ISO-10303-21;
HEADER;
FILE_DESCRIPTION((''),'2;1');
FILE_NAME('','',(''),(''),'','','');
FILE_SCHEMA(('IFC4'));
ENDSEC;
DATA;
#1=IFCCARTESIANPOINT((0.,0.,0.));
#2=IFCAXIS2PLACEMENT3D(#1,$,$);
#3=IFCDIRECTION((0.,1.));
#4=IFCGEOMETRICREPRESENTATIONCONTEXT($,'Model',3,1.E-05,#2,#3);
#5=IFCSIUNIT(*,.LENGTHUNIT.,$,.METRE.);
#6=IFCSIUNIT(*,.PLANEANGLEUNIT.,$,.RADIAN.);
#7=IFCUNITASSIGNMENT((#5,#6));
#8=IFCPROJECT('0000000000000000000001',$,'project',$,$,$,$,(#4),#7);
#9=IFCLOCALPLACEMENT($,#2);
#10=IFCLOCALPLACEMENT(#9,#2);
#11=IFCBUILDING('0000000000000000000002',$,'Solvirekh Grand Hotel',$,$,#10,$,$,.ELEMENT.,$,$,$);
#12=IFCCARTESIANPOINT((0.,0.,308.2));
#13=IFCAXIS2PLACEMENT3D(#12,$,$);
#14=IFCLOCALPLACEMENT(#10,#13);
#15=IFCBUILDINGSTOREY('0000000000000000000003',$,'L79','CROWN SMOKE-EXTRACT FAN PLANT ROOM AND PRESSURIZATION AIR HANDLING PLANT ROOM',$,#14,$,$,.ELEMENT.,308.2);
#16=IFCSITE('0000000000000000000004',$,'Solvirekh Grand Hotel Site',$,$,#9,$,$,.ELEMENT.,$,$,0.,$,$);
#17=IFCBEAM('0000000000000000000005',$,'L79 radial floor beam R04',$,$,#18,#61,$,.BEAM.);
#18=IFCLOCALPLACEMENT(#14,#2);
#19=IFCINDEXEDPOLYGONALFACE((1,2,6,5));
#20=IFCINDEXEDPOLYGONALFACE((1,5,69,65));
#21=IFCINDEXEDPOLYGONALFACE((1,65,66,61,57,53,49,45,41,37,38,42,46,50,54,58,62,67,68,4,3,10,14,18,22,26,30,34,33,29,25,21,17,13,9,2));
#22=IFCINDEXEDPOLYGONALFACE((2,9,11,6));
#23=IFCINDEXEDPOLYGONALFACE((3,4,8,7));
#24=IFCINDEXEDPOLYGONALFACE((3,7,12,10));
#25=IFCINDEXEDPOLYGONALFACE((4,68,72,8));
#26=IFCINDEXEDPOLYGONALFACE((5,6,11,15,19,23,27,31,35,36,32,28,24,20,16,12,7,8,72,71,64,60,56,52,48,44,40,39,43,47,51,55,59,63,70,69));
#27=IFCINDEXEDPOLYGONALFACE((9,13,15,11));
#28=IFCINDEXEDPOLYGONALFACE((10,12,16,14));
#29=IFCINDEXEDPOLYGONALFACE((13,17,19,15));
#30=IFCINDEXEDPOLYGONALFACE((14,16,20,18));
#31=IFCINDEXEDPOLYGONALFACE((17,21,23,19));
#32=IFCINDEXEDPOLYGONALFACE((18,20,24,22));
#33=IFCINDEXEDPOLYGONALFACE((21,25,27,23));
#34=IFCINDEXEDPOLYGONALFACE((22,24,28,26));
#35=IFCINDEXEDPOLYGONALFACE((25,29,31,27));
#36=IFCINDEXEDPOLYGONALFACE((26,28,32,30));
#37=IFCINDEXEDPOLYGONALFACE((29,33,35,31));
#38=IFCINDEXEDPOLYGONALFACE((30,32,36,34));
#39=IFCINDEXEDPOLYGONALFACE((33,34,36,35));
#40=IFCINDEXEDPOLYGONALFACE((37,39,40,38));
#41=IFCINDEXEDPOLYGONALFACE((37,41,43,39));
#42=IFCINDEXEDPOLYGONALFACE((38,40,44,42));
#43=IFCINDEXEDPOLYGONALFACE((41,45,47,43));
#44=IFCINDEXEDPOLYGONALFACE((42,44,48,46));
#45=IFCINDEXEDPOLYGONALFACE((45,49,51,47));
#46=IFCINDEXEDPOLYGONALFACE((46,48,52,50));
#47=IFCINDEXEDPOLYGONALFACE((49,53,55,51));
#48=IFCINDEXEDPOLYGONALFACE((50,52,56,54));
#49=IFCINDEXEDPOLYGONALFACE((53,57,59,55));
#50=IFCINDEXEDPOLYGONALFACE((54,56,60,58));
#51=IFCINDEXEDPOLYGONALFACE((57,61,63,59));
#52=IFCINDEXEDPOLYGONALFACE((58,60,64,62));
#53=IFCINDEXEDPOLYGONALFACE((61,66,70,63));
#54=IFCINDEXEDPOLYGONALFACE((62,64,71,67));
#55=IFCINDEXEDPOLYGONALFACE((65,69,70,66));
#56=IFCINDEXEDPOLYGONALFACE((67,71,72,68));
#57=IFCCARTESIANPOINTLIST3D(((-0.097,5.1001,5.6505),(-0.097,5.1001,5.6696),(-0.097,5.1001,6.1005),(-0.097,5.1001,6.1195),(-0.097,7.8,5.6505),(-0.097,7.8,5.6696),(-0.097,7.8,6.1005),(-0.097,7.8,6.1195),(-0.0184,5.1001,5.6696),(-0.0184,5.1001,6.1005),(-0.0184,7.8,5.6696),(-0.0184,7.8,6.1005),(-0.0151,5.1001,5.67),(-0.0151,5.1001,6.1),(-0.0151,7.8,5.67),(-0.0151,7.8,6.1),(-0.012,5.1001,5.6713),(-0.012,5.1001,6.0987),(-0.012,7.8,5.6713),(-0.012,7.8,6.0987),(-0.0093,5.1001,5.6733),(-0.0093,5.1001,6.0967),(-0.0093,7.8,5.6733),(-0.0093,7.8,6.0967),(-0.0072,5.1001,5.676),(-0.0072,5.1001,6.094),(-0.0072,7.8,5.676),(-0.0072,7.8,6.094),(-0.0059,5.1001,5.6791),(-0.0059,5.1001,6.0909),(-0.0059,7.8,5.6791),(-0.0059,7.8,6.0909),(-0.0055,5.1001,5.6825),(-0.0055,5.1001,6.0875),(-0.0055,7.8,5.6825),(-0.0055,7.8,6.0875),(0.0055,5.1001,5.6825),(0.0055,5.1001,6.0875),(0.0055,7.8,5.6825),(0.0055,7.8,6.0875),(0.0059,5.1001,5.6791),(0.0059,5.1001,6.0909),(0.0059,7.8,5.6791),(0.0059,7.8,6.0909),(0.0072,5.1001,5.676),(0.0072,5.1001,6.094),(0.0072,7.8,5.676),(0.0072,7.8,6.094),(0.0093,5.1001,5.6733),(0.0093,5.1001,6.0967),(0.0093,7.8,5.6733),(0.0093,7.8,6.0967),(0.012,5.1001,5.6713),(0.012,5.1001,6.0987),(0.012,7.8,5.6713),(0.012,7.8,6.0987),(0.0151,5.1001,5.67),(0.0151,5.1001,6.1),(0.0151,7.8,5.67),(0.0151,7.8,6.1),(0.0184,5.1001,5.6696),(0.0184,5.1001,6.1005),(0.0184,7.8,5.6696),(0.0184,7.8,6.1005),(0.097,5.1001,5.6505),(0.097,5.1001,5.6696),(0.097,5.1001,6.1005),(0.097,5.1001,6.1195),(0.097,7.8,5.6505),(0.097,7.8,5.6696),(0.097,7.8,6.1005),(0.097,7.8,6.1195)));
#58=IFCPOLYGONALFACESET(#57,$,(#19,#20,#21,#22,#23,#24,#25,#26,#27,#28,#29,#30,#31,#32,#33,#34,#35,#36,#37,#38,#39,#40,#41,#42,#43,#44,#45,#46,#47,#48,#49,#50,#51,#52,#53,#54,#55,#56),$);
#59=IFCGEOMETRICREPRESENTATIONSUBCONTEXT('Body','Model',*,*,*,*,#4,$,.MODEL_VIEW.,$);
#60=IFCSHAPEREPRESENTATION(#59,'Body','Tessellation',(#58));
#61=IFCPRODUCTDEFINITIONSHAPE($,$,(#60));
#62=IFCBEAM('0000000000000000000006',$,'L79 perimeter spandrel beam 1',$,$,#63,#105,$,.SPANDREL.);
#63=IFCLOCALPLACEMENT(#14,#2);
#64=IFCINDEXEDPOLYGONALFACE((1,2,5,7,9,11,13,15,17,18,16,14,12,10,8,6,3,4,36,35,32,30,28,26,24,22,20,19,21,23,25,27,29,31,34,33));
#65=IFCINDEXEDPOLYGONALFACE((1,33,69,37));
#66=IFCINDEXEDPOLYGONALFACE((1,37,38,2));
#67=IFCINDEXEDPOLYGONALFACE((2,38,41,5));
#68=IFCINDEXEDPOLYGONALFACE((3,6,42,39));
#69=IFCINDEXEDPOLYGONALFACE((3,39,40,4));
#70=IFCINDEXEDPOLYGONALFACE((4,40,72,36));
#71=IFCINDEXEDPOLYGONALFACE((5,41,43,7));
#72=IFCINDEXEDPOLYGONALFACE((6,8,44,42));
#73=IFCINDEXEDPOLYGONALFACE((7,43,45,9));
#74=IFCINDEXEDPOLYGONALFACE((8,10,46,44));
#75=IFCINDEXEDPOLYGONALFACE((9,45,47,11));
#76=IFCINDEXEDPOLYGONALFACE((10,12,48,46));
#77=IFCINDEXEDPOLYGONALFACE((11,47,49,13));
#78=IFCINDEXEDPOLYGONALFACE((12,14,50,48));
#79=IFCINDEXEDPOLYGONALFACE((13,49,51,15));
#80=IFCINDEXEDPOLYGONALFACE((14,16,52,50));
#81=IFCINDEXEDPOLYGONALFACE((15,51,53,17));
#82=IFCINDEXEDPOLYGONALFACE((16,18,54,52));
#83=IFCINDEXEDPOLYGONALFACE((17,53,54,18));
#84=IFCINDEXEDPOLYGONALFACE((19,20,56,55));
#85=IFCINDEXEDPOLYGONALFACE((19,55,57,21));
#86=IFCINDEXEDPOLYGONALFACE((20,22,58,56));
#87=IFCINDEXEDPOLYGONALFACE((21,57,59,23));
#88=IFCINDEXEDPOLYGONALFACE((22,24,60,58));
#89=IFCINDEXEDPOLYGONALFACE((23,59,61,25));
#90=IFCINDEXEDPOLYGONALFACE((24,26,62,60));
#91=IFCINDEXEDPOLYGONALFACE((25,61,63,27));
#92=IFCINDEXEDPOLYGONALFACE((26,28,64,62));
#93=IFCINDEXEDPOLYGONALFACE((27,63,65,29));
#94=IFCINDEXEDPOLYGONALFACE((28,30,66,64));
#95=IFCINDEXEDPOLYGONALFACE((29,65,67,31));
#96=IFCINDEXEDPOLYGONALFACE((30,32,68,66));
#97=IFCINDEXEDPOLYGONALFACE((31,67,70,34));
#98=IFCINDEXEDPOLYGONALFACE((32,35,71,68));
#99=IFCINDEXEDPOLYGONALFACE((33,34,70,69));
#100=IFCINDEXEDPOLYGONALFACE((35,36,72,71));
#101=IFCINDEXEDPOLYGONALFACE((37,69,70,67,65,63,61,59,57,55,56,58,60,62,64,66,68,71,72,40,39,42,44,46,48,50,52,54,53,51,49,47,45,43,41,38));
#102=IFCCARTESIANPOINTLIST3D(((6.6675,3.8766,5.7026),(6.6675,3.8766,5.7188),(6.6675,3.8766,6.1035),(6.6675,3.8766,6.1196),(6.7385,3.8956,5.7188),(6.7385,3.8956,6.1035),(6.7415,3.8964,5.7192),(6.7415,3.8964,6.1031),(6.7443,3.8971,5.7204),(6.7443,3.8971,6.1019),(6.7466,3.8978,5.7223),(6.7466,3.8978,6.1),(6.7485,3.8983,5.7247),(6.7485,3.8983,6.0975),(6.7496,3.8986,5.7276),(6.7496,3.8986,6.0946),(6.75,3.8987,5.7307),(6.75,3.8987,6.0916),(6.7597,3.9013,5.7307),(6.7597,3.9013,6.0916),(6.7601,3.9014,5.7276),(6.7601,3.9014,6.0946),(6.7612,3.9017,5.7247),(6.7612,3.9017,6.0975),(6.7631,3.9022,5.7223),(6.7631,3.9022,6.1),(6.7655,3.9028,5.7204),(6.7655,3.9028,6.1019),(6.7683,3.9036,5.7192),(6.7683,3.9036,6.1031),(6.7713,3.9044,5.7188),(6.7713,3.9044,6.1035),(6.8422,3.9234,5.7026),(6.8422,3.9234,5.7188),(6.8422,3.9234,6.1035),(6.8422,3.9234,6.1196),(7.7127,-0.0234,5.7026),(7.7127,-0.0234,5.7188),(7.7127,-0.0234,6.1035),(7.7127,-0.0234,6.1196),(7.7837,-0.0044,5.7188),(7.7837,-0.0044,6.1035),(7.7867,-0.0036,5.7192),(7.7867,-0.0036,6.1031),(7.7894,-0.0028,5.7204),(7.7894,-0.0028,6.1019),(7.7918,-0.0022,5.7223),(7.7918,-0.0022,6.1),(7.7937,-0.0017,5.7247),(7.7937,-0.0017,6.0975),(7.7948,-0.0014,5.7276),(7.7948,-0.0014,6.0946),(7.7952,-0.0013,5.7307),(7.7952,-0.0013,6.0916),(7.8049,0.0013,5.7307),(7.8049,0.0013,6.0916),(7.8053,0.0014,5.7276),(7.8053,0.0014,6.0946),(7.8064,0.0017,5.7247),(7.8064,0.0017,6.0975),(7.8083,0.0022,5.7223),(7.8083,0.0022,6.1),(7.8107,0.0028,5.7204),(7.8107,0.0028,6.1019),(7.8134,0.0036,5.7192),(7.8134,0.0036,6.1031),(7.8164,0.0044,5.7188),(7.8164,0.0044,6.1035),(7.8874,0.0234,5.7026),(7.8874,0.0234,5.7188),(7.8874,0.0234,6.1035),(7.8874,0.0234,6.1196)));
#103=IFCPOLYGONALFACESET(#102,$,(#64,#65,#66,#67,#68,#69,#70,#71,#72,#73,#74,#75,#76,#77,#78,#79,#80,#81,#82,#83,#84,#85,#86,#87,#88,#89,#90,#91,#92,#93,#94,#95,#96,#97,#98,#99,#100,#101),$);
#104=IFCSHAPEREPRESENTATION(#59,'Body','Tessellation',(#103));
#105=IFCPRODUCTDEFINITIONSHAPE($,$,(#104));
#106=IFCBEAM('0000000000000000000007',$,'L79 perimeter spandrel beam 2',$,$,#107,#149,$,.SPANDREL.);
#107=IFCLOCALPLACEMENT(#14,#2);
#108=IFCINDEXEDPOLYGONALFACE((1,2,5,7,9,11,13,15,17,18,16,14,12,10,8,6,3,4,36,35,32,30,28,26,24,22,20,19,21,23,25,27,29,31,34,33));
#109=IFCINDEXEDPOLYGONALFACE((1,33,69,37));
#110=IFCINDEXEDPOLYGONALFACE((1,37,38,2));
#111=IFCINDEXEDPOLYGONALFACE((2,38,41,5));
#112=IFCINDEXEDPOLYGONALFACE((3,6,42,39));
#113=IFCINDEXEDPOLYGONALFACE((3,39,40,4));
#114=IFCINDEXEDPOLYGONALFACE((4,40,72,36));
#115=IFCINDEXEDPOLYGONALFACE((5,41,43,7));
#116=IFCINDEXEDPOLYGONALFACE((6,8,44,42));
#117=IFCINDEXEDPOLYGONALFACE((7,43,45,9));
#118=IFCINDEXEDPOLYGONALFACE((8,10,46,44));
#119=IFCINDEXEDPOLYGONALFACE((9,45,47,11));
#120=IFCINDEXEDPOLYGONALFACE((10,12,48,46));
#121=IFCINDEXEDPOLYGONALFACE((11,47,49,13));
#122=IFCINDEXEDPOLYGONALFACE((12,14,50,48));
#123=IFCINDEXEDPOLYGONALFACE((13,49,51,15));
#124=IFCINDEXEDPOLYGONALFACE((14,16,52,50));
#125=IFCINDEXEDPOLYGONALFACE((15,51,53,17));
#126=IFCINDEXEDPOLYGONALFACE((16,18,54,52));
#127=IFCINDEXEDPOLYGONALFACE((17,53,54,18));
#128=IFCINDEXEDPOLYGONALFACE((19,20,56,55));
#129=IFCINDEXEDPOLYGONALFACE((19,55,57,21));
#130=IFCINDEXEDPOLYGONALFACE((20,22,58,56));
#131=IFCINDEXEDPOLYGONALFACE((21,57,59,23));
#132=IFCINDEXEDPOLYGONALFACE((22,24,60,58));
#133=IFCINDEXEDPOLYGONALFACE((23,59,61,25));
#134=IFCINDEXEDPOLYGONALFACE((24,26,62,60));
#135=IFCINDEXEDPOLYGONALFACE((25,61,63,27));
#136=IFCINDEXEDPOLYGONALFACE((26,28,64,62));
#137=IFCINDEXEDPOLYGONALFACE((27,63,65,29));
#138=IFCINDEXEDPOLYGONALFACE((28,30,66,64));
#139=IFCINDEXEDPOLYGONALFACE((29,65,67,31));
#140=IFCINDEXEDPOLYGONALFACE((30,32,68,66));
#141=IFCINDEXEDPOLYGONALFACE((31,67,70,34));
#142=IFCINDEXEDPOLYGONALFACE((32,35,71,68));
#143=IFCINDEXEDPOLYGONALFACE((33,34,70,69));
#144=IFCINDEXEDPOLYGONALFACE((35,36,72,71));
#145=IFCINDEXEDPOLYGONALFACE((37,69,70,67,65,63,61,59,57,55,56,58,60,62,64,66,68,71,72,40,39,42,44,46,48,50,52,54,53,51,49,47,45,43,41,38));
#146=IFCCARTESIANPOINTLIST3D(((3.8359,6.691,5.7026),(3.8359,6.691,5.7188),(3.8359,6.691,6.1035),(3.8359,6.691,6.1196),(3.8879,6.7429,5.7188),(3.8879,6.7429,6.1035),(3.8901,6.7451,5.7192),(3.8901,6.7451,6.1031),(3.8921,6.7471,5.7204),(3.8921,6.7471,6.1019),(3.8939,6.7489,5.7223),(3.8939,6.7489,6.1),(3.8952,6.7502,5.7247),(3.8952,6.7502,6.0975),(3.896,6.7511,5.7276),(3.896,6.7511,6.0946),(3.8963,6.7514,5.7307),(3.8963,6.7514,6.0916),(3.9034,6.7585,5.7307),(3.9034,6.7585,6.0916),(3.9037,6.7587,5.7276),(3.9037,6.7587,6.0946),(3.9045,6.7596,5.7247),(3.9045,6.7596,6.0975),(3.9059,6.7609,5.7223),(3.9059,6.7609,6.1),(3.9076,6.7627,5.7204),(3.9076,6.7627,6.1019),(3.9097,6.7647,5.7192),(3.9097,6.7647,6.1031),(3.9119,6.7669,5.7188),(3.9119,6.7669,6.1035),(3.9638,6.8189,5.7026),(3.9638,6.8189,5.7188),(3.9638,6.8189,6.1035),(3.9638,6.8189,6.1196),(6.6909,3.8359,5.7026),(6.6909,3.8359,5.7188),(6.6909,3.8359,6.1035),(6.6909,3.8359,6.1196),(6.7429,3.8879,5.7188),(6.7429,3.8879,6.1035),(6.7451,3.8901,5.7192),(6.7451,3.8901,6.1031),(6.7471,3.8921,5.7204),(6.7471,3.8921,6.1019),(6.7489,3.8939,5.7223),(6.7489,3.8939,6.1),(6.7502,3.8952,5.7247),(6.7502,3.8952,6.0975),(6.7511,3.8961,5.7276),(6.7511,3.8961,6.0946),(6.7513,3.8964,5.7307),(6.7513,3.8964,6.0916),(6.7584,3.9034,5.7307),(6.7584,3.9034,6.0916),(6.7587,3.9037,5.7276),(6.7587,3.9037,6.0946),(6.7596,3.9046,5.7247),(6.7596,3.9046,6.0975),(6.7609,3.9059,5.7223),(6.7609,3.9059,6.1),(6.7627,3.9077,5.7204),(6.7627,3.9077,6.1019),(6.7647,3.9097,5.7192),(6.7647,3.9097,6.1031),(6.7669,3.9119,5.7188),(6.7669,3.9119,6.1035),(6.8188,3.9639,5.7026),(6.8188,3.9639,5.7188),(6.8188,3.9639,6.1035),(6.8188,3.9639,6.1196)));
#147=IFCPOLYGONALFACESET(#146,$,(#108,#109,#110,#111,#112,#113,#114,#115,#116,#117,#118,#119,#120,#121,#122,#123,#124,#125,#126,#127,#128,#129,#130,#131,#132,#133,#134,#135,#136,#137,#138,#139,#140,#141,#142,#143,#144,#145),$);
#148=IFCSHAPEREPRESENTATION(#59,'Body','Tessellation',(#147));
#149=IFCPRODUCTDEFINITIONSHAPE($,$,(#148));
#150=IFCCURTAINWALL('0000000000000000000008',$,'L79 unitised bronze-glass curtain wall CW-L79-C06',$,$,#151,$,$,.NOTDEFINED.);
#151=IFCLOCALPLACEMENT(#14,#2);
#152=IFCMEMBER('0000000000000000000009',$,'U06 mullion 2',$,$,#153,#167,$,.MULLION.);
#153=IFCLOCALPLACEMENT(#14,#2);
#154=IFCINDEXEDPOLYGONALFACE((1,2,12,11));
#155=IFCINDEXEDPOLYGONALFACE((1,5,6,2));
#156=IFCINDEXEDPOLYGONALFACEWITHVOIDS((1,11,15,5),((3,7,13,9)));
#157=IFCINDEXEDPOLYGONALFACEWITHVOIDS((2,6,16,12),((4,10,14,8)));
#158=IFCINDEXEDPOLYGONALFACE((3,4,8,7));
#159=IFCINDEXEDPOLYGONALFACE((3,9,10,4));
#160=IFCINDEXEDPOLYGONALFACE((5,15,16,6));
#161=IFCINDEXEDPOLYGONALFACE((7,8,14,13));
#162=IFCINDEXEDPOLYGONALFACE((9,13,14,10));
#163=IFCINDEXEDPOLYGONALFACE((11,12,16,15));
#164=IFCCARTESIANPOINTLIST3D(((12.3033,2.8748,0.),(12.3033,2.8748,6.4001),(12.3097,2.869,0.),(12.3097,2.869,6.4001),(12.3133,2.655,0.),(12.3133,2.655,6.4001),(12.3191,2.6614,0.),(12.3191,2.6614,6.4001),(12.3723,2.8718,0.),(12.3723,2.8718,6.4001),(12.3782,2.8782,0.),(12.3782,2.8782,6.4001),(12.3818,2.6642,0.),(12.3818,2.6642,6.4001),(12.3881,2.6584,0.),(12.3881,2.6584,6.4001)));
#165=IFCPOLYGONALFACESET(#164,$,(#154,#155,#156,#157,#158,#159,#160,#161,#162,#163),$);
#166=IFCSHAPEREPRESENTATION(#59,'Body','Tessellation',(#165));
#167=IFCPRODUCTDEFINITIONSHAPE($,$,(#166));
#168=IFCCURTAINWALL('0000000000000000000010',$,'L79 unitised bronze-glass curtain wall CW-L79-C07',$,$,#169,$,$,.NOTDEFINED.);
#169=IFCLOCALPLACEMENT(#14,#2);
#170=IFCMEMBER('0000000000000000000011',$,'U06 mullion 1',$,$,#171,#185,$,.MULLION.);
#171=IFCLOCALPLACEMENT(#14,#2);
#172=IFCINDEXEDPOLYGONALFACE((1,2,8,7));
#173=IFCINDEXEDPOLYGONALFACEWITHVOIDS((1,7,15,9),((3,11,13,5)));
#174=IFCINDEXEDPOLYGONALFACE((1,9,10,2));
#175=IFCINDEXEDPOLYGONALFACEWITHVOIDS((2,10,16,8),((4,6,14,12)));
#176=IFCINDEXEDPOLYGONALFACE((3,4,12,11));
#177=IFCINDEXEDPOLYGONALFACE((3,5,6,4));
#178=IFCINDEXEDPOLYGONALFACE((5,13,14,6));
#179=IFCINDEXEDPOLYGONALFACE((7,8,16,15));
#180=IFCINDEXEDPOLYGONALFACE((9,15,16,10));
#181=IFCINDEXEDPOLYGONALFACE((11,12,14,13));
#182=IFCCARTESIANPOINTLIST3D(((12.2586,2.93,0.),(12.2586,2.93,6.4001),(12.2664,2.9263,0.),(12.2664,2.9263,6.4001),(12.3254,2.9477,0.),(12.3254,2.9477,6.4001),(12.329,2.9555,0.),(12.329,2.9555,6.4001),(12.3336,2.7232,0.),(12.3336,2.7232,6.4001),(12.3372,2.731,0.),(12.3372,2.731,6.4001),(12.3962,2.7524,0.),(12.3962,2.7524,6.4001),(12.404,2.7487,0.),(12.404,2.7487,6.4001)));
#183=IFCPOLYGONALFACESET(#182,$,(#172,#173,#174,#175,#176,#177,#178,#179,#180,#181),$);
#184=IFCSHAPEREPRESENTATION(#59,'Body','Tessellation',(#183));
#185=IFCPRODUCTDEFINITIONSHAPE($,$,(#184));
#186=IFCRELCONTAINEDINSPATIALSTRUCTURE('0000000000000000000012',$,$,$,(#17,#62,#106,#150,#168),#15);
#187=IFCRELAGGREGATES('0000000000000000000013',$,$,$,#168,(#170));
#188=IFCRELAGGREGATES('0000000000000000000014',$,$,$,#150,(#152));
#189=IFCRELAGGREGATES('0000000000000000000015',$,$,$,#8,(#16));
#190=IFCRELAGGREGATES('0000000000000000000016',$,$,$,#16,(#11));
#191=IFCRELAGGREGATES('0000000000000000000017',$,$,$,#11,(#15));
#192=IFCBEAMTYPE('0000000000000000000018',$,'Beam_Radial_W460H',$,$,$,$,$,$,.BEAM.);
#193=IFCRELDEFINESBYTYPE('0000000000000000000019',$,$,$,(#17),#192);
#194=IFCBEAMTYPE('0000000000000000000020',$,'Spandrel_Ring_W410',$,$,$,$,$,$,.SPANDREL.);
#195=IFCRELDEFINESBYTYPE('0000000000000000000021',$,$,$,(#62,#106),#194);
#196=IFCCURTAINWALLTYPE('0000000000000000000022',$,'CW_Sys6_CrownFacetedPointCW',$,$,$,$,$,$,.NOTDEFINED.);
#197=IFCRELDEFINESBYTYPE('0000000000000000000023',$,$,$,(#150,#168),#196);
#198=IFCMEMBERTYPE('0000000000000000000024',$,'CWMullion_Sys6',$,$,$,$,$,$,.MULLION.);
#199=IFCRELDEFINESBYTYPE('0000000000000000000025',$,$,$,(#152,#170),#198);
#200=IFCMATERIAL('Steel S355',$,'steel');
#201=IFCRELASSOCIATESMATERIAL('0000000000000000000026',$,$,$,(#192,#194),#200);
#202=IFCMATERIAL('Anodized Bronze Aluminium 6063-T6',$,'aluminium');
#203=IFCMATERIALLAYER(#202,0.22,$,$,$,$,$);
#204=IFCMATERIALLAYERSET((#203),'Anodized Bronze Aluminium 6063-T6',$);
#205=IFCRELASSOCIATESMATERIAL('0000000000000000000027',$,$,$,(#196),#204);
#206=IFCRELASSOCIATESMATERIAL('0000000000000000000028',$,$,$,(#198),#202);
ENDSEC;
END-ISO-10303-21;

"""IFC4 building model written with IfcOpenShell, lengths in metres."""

from ifc_helpers import new_model, si_unit, direction, frame, origin, origin_2d, place, context, subcontext, project, spatial, hollow_rectangle, i_section, extrude, source, transform, mapped, material, layer, layer_set, material_profile, profile_set, type_object, element, aggregate, save


model = new_model("IFC4")

# Units and contexts
model_context = context("Model", 3, precision=1e-05, world=origin(), true_north=direction((0.0, 1.0)))
body_context = subcontext(model_context, "Body", "Model", "MODEL_VIEW")
ifc_project = project(units=[si_unit("LENGTHUNIT", "METRE"), si_unit("PLANEANGLEUNIT", "RADIAN")], contexts=[model_context])

# Site, building, storey
site_placement = place(None, origin())
site = spatial("IfcSite", under=ifc_project, at=site_placement, Name="Solvirekh Grand Hotel Site", CompositionType="ELEMENT", RefElevation=0.0)
building_placement = place(site_placement, origin())
building = spatial("IfcBuilding", under=site, at=building_placement, Name="Solvirekh Grand Hotel", CompositionType="ELEMENT")
storey_placement = place(building_placement, frame((0.0, 0.0, 308.2)))
storey = spatial("IfcBuildingStorey", under=building, at=storey_placement, Name="L79", Description="CROWN SMOKE-EXTRACT FAN PLANT ROOM AND PRESSURIZATION AIR HANDLING PLANT ROOM", CompositionType="ELEMENT", Elevation=308.2)

# Beams
ifc_material_1 = material(Name="Steel S355", Category="steel")
ifc_material_profile_1 = material_profile(ifc_material_1, i_section(OverallWidth=0.1941, OverallDepth=0.469, WebThickness=0.011, FlangeThickness=0.019, FilletRadius=0.0129, at=origin_2d()), Name="W460X106")
ifc_profile_set_1 = profile_set([ifc_material_profile_1], Name="Steel S355")
beam_type_1 = type_object("IfcBeamType", Name="Beam_Radial_W460H", PredefinedType="BEAM", material=ifc_profile_set_1)
beam_1_placement = place(storey_placement, frame((0.0, 5.1001, 5.885), z_axis=(0.0, 1.0, 0.0), x_axis=(-1.0, 0.0, 0.0)))
element("IfcBeam", 1, at=beam_1_placement, inside=storey, type_object=beam_type_1, Name="L79 radial floor beam R04", PredefinedType="BEAM", context=body_context, shape_type="SweptSolid", body=[
    extrude(i_section(OverallWidth=0.1941, OverallDepth=0.469, WebThickness=0.011, FlangeThickness=0.019, FilletRadius=0.0129, at=origin_2d()), origin(), (0.0, 0.0, 1.0), 2.7),
])
ifc_material_profile_2 = material_profile(ifc_material_1, i_section(OverallWidth=0.1809, OverallDepth=0.417, WebThickness=0.01, FlangeThickness=0.0161, FilletRadius=0.012, at=origin_2d()), Name="W410X85")
ifc_profile_set_2 = profile_set([ifc_material_profile_2], Name="Steel S355")
beam_type_2 = type_object("IfcBeamType", Name="Spandrel_Ring_W410", PredefinedType="SPANDREL", material=ifc_profile_set_2)
for number, where, z_axis, x_axis, name in (
    (2, (7.8, 0.0, 5.9111), (-0.258863, 0.965914, 0.0), (-0.965914, -0.258863, 0.0), "L79 perimeter spandrel beam 1"),
    (3, (6.7549, 3.8999, 5.9111), (-0.707107, 0.707107, 0.0), (-0.707107, -0.707107, 0.0), "L79 perimeter spandrel beam 2"),
):
    element("IfcBeam", number, at=place(storey_placement, frame(where, z_axis=z_axis, x_axis=x_axis)), inside=storey, type_object=beam_type_2, Name=name, PredefinedType="SPANDREL", context=body_context, shape_type="SweptSolid", body=[
        extrude(i_section(OverallWidth=0.1809, OverallDepth=0.417, WebThickness=0.01, FlangeThickness=0.0161, FilletRadius=0.012, at=origin_2d()), origin(), (0.0, 0.0, 1.0), 4.0376),
    ])

# Curtain wall, member
ifc_material_2 = material(Name="Anodized Bronze Aluminium 6063-T6", Category="aluminium")
ifc_layer_1 = layer(ifc_material_2, 0.22)
ifc_layer_set_1 = layer_set([ifc_layer_1], Name="Anodized Bronze Aluminium 6063-T6")
curtain_wall_type = type_object("IfcCurtainWallType", Name="CW_Sys6_CrownFacetedPointCW", PredefinedType="NOTDEFINED", material=ifc_layer_set_1)
curtain_wall_1_placement = place(storey_placement, origin())
curtain_wall_1 = element("IfcCurtainWall", 4, at=curtain_wall_1_placement, inside=storey, type_object=curtain_wall_type, Name="L79 unitised bronze-glass curtain wall CW-L79-C06", PredefinedType="NOTDEFINED")
ifc_material_profile_3 = material_profile(ifc_material_2, hollow_rectangle(XDim=0.075, YDim=0.22, WallThickness=0.0061, at=origin_2d()), Name="ALU RHS 220X75X6")
ifc_profile_set_3 = profile_set([ifc_material_profile_3], Name="Anodized Bronze Aluminium 6063-T6")
member_type_1 = type_object("IfcMemberType", Name="CWMullion_Sys6", PredefinedType="MULLION", material=ifc_profile_set_3)
shared_shape_1 = source(origin(), body_context, "Body", "SweptSolid", [
    extrude(hollow_rectangle(XDim=0.075, YDim=0.22, WallThickness=0.0061, at=origin_2d()), origin(), (0.0, 0.0, 1.0), 6.4001),
])
member_1_placement = place(storey_placement, frame((12.3457, 2.7666, 0.0), z_axis=(0.0, 0.0, 1.0), x_axis=(-0.998972, -0.045331, 0.0)))
member_1 = element("IfcMember", 5, at=member_1_placement, type_object=member_type_1, Name="U06 mullion 2", PredefinedType="MULLION", context=body_context, shape_type="MappedRepresentation", body=[
    mapped(shared_shape_1, transform((0.0, 0.0, 0.0), x_axis=(1.0, 0.0, 0.0), y_axis=(0.0, 1.0, 0.0), z_axis=(0.0, 0.0, 1.0), scale=1.0)),
])

# Curtain wall, member
curtain_wall_2_placement = place(storey_placement, origin())
curtain_wall_2 = element("IfcCurtainWall", 6, at=curtain_wall_2_placement, inside=storey, type_object=curtain_wall_type, Name="L79 unitised bronze-glass curtain wall CW-L79-C07", PredefinedType="NOTDEFINED")
member_2_placement = place(storey_placement, frame((12.3313, 2.8394, 0.0), z_axis=(0.0, 0.0, 1.0), x_axis=(-0.9401, -0.340899, 0.0)))
member_2 = element("IfcMember", 7, at=member_2_placement, type_object=member_type_1, Name="U06 mullion 1", PredefinedType="MULLION", context=body_context, shape_type="MappedRepresentation", body=[
    mapped(shared_shape_1, transform((0.0, 0.0, 0.0), x_axis=(1.0, 0.0, 0.0), y_axis=(0.0, 1.0, 0.0), z_axis=(0.0, 0.0, 1.0), scale=1.0)),
])

aggregate(curtain_wall_2, [member_2])
aggregate(curtain_wall_1, [member_1])

save(model, "model.ifc")
